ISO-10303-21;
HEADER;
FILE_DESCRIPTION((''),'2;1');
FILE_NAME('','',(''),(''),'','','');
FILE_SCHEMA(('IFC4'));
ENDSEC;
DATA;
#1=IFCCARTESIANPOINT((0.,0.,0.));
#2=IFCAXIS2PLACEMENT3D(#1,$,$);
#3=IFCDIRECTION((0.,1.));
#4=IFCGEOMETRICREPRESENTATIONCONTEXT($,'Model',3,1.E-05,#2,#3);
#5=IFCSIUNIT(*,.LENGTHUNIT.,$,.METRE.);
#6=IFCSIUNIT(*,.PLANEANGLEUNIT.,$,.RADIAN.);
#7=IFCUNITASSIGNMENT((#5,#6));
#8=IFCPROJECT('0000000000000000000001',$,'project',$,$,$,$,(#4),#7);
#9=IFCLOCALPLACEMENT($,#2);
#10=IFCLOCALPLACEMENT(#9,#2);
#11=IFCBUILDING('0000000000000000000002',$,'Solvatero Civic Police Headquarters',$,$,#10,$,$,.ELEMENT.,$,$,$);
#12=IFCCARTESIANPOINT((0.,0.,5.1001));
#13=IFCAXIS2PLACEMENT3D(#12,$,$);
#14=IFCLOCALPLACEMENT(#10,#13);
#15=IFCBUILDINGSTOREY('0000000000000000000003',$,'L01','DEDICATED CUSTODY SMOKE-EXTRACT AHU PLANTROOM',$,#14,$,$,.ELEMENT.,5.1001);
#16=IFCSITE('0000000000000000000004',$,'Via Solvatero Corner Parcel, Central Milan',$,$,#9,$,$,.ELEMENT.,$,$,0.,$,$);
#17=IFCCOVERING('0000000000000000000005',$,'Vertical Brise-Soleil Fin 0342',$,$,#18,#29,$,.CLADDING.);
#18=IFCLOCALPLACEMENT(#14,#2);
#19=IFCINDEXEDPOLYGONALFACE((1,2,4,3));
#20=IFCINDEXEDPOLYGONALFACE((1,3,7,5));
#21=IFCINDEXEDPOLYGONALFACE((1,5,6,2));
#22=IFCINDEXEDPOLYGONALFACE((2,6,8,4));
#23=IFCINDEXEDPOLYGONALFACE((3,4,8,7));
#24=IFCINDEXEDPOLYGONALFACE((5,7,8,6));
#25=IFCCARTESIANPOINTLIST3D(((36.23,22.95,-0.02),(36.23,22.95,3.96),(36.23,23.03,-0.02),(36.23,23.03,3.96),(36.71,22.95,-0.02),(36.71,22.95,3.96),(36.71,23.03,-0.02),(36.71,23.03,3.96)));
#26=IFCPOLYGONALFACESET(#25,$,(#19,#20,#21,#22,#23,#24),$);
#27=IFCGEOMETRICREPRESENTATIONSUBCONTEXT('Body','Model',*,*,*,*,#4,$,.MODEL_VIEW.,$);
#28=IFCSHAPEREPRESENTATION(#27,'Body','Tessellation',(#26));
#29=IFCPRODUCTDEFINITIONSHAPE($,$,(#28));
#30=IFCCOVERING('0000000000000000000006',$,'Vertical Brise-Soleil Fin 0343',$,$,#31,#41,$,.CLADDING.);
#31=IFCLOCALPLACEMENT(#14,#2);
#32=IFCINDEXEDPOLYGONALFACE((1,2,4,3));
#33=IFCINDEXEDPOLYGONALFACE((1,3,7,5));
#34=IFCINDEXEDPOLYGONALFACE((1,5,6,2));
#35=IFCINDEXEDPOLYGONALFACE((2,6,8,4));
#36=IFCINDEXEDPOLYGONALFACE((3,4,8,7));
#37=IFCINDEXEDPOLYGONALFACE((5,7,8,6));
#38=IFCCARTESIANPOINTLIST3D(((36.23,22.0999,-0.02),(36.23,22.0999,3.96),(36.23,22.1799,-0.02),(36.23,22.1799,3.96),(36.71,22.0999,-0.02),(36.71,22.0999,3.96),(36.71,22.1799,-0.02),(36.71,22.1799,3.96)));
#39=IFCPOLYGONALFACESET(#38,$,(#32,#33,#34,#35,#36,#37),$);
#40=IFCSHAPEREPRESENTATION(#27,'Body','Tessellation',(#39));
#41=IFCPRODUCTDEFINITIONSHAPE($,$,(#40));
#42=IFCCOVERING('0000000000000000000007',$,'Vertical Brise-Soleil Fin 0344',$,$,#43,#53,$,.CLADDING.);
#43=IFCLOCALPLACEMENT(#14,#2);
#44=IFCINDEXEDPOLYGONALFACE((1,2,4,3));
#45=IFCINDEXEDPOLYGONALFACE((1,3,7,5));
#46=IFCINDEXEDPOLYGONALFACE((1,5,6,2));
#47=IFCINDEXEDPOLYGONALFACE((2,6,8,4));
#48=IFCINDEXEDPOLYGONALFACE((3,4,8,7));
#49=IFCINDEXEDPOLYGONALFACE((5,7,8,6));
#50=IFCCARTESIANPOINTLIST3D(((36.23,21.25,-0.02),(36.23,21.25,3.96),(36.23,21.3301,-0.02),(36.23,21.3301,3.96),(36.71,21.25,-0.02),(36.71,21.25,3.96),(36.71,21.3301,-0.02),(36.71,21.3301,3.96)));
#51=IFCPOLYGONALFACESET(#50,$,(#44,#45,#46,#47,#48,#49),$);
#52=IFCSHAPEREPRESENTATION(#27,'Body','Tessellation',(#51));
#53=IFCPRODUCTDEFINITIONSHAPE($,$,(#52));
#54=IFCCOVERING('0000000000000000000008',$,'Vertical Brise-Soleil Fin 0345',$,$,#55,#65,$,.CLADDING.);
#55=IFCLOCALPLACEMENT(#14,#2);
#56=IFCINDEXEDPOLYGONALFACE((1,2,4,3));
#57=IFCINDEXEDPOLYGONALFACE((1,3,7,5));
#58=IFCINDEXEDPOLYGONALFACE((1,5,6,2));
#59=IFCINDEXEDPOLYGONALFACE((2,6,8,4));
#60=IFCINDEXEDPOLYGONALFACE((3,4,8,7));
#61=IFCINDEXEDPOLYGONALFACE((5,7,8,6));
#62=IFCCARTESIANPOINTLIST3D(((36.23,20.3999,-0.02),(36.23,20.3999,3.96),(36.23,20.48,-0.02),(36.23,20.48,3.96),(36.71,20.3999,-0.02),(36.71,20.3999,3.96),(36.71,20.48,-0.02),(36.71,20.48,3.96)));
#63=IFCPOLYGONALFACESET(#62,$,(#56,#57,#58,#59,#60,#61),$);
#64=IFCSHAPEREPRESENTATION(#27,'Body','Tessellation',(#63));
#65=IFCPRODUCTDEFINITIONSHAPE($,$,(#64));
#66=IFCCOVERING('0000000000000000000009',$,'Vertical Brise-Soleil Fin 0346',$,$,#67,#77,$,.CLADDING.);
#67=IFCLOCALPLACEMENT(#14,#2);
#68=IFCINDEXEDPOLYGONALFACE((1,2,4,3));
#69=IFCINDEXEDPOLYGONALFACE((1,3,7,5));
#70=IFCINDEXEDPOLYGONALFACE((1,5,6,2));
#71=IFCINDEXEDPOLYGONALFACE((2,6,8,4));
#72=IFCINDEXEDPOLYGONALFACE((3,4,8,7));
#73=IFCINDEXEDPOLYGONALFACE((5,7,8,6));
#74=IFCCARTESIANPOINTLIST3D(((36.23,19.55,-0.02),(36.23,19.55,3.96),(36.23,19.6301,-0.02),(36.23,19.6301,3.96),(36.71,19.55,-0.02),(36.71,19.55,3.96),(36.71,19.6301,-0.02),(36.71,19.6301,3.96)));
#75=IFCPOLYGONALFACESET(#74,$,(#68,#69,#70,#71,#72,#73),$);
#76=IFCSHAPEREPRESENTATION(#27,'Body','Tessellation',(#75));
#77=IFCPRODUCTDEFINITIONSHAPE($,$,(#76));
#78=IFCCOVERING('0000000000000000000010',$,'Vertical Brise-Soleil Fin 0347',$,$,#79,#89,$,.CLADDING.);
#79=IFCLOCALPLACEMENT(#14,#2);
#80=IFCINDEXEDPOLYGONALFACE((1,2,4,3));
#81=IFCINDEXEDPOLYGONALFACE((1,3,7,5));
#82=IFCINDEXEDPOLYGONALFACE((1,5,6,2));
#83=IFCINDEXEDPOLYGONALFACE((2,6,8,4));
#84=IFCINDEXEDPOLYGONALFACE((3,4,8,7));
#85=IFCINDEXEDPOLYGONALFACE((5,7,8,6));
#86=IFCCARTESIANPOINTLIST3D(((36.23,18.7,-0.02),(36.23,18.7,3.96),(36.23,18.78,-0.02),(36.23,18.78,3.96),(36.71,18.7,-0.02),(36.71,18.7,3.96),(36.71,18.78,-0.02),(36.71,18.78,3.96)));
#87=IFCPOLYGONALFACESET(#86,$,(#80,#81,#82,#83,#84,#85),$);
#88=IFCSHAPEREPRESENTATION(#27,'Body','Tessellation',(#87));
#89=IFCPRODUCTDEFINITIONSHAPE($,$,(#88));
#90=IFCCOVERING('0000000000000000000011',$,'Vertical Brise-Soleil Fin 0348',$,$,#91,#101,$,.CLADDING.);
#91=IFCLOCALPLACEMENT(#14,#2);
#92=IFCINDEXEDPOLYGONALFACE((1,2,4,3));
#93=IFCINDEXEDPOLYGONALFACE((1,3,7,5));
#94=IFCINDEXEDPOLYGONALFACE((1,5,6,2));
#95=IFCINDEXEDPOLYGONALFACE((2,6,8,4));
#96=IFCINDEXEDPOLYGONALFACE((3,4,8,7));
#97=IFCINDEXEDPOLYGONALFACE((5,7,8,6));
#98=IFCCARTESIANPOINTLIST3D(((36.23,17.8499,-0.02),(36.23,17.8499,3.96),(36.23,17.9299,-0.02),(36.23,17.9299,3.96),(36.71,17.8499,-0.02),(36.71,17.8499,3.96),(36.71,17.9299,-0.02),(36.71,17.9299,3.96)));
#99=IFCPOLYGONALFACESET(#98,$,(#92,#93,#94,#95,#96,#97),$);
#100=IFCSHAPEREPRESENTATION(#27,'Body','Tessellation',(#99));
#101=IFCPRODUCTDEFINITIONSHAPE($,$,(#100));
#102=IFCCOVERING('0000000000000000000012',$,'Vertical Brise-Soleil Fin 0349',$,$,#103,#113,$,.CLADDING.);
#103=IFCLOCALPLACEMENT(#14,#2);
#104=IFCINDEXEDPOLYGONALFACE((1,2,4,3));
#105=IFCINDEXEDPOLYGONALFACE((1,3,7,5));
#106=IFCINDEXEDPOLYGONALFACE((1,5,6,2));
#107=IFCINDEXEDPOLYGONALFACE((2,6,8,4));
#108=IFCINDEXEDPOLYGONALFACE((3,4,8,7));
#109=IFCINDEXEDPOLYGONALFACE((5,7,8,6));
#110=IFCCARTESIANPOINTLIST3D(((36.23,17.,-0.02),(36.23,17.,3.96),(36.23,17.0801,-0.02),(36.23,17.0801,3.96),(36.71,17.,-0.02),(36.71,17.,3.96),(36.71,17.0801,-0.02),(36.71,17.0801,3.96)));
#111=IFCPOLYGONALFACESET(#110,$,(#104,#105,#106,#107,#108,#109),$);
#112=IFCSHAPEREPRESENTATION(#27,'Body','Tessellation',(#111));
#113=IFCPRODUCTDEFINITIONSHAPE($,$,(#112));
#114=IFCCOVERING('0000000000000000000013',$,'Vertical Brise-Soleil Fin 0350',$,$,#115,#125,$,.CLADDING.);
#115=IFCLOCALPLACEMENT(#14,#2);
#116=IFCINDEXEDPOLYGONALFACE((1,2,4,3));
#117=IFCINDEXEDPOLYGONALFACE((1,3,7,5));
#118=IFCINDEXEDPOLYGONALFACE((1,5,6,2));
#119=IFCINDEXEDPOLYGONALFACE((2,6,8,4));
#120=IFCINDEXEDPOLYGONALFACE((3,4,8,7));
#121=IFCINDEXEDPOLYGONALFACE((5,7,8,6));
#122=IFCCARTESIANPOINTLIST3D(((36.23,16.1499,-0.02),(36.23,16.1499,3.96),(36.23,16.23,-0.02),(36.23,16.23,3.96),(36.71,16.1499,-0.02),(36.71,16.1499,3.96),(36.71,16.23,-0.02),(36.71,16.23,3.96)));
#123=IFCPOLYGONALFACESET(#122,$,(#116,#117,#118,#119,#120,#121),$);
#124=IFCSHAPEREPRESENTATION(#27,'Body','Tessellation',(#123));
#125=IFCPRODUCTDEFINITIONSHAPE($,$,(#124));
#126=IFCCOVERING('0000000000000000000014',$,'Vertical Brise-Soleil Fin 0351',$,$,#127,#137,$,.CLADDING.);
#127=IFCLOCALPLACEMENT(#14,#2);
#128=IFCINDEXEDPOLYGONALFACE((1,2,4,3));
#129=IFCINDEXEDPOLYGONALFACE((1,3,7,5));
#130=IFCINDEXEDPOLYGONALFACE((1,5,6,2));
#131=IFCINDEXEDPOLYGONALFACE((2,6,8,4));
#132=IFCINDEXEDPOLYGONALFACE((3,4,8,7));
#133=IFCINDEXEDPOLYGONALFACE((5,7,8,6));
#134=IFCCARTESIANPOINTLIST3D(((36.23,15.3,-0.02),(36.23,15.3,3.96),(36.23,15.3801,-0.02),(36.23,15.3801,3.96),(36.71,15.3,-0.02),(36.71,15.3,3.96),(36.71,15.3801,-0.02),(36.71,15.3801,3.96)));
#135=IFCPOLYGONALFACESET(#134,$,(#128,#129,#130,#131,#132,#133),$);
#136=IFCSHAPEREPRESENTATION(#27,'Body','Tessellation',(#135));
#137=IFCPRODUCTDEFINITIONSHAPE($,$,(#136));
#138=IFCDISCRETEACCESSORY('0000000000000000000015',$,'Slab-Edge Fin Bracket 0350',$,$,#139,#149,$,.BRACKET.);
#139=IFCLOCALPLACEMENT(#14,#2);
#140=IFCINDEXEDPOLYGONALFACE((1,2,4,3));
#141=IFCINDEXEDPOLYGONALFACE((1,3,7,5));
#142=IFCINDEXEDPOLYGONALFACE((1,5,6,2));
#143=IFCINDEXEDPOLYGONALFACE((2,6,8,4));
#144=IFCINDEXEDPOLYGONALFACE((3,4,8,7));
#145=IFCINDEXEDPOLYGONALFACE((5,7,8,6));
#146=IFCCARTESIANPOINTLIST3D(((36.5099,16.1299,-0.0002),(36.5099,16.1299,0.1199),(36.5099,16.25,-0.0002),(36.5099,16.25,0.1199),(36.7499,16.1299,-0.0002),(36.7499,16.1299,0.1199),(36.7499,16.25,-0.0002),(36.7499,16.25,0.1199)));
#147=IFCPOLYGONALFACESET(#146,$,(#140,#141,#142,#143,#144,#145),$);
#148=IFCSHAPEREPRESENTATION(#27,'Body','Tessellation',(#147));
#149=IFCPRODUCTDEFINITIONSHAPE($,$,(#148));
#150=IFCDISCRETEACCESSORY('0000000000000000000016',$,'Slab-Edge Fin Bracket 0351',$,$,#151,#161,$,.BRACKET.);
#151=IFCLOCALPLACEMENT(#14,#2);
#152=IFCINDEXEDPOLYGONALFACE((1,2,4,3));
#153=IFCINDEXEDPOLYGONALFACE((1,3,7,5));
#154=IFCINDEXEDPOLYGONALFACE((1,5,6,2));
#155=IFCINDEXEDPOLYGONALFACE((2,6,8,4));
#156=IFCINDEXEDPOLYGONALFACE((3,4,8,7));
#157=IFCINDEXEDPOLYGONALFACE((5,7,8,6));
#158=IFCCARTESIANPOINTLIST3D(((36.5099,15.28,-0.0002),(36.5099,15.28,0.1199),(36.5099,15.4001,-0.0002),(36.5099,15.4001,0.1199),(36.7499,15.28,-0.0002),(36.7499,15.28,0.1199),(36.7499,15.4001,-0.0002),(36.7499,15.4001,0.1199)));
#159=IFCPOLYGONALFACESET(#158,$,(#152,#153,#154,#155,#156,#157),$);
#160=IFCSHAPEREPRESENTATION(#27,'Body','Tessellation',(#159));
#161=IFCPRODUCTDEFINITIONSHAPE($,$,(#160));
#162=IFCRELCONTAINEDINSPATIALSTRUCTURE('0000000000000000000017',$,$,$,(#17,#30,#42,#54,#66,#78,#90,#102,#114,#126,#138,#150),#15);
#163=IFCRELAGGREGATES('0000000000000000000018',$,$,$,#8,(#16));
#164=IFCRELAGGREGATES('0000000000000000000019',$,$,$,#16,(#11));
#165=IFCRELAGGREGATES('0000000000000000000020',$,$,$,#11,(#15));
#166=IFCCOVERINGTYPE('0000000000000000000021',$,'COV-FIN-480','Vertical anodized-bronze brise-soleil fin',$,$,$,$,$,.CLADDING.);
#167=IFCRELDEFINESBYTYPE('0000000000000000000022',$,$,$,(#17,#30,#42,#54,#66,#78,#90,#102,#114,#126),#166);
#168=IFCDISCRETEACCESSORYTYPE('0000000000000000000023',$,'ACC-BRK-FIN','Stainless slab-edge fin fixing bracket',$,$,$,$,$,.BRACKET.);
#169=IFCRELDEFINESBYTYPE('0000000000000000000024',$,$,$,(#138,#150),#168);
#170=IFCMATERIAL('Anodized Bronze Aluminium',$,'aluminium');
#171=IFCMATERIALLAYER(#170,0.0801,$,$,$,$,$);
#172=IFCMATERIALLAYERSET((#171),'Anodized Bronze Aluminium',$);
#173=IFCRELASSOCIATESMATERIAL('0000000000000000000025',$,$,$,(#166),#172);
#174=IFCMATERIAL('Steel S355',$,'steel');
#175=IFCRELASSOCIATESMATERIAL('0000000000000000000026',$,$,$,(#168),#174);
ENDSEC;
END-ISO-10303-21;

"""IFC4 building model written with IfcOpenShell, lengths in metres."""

from ifc_helpers import new_model, si_unit, direction, frame, origin, origin_2d, place, context, subcontext, project, spatial, rectangle, extrude, material, layer, layer_set, type_object, element, save


model = new_model("IFC4")

# Units and contexts
model_context = context("Model", 3, precision=1e-05, world=origin(), true_north=direction((0.0, 1.0)))
body_context = subcontext(model_context, "Body", "Model", "MODEL_VIEW")
ifc_project = project(units=[si_unit("LENGTHUNIT", "METRE"), si_unit("PLANEANGLEUNIT", "RADIAN")], contexts=[model_context])

# Site, building, storey
site_placement = place(None, origin())
site = spatial("IfcSite", under=ifc_project, at=site_placement, Name="Via Solvatero Corner Parcel, Central Milan", CompositionType="ELEMENT", RefElevation=0.0)
building_placement = place(site_placement, origin())
building = spatial("IfcBuilding", under=site, at=building_placement, Name="Solvatero Civic Police Headquarters", CompositionType="ELEMENT")
storey_placement = place(building_placement, frame((0.0, 0.0, 5.1001)))
storey = spatial("IfcBuildingStorey", under=building, at=storey_placement, Name="L01", Description="DEDICATED CUSTODY SMOKE-EXTRACT AHU PLANTROOM", CompositionType="ELEMENT", Elevation=5.1001)

# Shared definitions
ifc_material_1 = material(Name="Steel S355", Category="steel")

# Coverings
ifc_material_2 = material(Name="Anodized Bronze Aluminium", Category="aluminium")
ifc_layer_1 = layer(ifc_material_2, 0.0801)
ifc_layer_set_1 = layer_set([ifc_layer_1], Name="Anodized Bronze Aluminium")
covering_type = type_object("IfcCoveringType", Name="COV-FIN-480", Description="Vertical anodized-bronze brise-soleil fin", PredefinedType="CLADDING", material=ifc_layer_set_1)
for number, where, z_axis, x_axis, name in (
    (1, (36.47, 22.99, -0.02), (0.0, 0.0, 1.0), (0.0, -1.0, 0.0), "Vertical Brise-Soleil Fin 0342"),
    (2, (36.47, 22.1399, -0.02), (0.0, 0.0, 1.0), (0.0, -1.0, 0.0), "Vertical Brise-Soleil Fin 0343"),
    (3, (36.47, 21.29, -0.02), (0.0, 0.0, 1.0), (0.0, -1.0, 0.0), "Vertical Brise-Soleil Fin 0344"),
    (4, (36.47, 20.4399, -0.02), (0.0, 0.0, 1.0), (0.0, -1.0, 0.0), "Vertical Brise-Soleil Fin 0345"),
    (5, (36.47, 19.5901, -0.02), (0.0, 0.0, 1.0), (0.0, -1.0, 0.0), "Vertical Brise-Soleil Fin 0346"),
    (6, (36.47, 18.74, -0.02), (0.0, 0.0, 1.0), (0.0, -1.0, 0.0), "Vertical Brise-Soleil Fin 0347"),
    (7, (36.47, 17.8899, -0.02), (0.0, 0.0, 1.0), (0.0, -1.0, 0.0), "Vertical Brise-Soleil Fin 0348"),
    (8, (36.47, 17.04, -0.02), (0.0, 0.0, 1.0), (0.0, -1.0, 0.0), "Vertical Brise-Soleil Fin 0349"),
    (9, (36.47, 16.1899, -0.02), (0.0, 0.0, 1.0), (0.0, -1.0, 0.0), "Vertical Brise-Soleil Fin 0350"),
    (10, (36.47, 15.3401, -0.02), (0.0, 0.0, 1.0), (0.0, -1.0, 0.0), "Vertical Brise-Soleil Fin 0351"),
):
    element("IfcCovering", number, at=place(storey_placement, frame(where, z_axis=z_axis, x_axis=x_axis)), inside=storey, type_object=covering_type, Name=name, PredefinedType="CLADDING", context=body_context, shape_type="SweptSolid", body=[
        extrude(rectangle(XDim=0.0801, YDim=0.48, at=origin_2d()), origin(), (0.0, 0.0, 1.0), 3.98),
    ])

# Discrete accessories
discrete_accessory_type = type_object("IfcDiscreteAccessoryType", Name="ACC-BRK-FIN", Description="Stainless slab-edge fin fixing bracket", PredefinedType="BRACKET", material=ifc_material_1)
for number, where, z_axis, x_axis, name in (
    (11, (36.6299, 16.1899, -0.0002), (0.0, 0.0, 1.0), (0.0, -1.0, 0.0), "Slab-Edge Fin Bracket 0350"),
    (12, (36.6299, 15.3401, -0.0002), (0.0, 0.0, 1.0), (0.0, -1.0, 0.0), "Slab-Edge Fin Bracket 0351"),
):
    element("IfcDiscreteAccessory", number, at=place(storey_placement, frame(where, z_axis=z_axis, x_axis=x_axis)), inside=storey, type_object=discrete_accessory_type, Name=name, PredefinedType="BRACKET", context=body_context, shape_type="SweptSolid", body=[
        extrude(rectangle(XDim=0.1201, YDim=0.24, at=origin_2d()), origin(), (0.0, 0.0, 1.0), 0.1201),
    ])

save(model, "model.ifc")
